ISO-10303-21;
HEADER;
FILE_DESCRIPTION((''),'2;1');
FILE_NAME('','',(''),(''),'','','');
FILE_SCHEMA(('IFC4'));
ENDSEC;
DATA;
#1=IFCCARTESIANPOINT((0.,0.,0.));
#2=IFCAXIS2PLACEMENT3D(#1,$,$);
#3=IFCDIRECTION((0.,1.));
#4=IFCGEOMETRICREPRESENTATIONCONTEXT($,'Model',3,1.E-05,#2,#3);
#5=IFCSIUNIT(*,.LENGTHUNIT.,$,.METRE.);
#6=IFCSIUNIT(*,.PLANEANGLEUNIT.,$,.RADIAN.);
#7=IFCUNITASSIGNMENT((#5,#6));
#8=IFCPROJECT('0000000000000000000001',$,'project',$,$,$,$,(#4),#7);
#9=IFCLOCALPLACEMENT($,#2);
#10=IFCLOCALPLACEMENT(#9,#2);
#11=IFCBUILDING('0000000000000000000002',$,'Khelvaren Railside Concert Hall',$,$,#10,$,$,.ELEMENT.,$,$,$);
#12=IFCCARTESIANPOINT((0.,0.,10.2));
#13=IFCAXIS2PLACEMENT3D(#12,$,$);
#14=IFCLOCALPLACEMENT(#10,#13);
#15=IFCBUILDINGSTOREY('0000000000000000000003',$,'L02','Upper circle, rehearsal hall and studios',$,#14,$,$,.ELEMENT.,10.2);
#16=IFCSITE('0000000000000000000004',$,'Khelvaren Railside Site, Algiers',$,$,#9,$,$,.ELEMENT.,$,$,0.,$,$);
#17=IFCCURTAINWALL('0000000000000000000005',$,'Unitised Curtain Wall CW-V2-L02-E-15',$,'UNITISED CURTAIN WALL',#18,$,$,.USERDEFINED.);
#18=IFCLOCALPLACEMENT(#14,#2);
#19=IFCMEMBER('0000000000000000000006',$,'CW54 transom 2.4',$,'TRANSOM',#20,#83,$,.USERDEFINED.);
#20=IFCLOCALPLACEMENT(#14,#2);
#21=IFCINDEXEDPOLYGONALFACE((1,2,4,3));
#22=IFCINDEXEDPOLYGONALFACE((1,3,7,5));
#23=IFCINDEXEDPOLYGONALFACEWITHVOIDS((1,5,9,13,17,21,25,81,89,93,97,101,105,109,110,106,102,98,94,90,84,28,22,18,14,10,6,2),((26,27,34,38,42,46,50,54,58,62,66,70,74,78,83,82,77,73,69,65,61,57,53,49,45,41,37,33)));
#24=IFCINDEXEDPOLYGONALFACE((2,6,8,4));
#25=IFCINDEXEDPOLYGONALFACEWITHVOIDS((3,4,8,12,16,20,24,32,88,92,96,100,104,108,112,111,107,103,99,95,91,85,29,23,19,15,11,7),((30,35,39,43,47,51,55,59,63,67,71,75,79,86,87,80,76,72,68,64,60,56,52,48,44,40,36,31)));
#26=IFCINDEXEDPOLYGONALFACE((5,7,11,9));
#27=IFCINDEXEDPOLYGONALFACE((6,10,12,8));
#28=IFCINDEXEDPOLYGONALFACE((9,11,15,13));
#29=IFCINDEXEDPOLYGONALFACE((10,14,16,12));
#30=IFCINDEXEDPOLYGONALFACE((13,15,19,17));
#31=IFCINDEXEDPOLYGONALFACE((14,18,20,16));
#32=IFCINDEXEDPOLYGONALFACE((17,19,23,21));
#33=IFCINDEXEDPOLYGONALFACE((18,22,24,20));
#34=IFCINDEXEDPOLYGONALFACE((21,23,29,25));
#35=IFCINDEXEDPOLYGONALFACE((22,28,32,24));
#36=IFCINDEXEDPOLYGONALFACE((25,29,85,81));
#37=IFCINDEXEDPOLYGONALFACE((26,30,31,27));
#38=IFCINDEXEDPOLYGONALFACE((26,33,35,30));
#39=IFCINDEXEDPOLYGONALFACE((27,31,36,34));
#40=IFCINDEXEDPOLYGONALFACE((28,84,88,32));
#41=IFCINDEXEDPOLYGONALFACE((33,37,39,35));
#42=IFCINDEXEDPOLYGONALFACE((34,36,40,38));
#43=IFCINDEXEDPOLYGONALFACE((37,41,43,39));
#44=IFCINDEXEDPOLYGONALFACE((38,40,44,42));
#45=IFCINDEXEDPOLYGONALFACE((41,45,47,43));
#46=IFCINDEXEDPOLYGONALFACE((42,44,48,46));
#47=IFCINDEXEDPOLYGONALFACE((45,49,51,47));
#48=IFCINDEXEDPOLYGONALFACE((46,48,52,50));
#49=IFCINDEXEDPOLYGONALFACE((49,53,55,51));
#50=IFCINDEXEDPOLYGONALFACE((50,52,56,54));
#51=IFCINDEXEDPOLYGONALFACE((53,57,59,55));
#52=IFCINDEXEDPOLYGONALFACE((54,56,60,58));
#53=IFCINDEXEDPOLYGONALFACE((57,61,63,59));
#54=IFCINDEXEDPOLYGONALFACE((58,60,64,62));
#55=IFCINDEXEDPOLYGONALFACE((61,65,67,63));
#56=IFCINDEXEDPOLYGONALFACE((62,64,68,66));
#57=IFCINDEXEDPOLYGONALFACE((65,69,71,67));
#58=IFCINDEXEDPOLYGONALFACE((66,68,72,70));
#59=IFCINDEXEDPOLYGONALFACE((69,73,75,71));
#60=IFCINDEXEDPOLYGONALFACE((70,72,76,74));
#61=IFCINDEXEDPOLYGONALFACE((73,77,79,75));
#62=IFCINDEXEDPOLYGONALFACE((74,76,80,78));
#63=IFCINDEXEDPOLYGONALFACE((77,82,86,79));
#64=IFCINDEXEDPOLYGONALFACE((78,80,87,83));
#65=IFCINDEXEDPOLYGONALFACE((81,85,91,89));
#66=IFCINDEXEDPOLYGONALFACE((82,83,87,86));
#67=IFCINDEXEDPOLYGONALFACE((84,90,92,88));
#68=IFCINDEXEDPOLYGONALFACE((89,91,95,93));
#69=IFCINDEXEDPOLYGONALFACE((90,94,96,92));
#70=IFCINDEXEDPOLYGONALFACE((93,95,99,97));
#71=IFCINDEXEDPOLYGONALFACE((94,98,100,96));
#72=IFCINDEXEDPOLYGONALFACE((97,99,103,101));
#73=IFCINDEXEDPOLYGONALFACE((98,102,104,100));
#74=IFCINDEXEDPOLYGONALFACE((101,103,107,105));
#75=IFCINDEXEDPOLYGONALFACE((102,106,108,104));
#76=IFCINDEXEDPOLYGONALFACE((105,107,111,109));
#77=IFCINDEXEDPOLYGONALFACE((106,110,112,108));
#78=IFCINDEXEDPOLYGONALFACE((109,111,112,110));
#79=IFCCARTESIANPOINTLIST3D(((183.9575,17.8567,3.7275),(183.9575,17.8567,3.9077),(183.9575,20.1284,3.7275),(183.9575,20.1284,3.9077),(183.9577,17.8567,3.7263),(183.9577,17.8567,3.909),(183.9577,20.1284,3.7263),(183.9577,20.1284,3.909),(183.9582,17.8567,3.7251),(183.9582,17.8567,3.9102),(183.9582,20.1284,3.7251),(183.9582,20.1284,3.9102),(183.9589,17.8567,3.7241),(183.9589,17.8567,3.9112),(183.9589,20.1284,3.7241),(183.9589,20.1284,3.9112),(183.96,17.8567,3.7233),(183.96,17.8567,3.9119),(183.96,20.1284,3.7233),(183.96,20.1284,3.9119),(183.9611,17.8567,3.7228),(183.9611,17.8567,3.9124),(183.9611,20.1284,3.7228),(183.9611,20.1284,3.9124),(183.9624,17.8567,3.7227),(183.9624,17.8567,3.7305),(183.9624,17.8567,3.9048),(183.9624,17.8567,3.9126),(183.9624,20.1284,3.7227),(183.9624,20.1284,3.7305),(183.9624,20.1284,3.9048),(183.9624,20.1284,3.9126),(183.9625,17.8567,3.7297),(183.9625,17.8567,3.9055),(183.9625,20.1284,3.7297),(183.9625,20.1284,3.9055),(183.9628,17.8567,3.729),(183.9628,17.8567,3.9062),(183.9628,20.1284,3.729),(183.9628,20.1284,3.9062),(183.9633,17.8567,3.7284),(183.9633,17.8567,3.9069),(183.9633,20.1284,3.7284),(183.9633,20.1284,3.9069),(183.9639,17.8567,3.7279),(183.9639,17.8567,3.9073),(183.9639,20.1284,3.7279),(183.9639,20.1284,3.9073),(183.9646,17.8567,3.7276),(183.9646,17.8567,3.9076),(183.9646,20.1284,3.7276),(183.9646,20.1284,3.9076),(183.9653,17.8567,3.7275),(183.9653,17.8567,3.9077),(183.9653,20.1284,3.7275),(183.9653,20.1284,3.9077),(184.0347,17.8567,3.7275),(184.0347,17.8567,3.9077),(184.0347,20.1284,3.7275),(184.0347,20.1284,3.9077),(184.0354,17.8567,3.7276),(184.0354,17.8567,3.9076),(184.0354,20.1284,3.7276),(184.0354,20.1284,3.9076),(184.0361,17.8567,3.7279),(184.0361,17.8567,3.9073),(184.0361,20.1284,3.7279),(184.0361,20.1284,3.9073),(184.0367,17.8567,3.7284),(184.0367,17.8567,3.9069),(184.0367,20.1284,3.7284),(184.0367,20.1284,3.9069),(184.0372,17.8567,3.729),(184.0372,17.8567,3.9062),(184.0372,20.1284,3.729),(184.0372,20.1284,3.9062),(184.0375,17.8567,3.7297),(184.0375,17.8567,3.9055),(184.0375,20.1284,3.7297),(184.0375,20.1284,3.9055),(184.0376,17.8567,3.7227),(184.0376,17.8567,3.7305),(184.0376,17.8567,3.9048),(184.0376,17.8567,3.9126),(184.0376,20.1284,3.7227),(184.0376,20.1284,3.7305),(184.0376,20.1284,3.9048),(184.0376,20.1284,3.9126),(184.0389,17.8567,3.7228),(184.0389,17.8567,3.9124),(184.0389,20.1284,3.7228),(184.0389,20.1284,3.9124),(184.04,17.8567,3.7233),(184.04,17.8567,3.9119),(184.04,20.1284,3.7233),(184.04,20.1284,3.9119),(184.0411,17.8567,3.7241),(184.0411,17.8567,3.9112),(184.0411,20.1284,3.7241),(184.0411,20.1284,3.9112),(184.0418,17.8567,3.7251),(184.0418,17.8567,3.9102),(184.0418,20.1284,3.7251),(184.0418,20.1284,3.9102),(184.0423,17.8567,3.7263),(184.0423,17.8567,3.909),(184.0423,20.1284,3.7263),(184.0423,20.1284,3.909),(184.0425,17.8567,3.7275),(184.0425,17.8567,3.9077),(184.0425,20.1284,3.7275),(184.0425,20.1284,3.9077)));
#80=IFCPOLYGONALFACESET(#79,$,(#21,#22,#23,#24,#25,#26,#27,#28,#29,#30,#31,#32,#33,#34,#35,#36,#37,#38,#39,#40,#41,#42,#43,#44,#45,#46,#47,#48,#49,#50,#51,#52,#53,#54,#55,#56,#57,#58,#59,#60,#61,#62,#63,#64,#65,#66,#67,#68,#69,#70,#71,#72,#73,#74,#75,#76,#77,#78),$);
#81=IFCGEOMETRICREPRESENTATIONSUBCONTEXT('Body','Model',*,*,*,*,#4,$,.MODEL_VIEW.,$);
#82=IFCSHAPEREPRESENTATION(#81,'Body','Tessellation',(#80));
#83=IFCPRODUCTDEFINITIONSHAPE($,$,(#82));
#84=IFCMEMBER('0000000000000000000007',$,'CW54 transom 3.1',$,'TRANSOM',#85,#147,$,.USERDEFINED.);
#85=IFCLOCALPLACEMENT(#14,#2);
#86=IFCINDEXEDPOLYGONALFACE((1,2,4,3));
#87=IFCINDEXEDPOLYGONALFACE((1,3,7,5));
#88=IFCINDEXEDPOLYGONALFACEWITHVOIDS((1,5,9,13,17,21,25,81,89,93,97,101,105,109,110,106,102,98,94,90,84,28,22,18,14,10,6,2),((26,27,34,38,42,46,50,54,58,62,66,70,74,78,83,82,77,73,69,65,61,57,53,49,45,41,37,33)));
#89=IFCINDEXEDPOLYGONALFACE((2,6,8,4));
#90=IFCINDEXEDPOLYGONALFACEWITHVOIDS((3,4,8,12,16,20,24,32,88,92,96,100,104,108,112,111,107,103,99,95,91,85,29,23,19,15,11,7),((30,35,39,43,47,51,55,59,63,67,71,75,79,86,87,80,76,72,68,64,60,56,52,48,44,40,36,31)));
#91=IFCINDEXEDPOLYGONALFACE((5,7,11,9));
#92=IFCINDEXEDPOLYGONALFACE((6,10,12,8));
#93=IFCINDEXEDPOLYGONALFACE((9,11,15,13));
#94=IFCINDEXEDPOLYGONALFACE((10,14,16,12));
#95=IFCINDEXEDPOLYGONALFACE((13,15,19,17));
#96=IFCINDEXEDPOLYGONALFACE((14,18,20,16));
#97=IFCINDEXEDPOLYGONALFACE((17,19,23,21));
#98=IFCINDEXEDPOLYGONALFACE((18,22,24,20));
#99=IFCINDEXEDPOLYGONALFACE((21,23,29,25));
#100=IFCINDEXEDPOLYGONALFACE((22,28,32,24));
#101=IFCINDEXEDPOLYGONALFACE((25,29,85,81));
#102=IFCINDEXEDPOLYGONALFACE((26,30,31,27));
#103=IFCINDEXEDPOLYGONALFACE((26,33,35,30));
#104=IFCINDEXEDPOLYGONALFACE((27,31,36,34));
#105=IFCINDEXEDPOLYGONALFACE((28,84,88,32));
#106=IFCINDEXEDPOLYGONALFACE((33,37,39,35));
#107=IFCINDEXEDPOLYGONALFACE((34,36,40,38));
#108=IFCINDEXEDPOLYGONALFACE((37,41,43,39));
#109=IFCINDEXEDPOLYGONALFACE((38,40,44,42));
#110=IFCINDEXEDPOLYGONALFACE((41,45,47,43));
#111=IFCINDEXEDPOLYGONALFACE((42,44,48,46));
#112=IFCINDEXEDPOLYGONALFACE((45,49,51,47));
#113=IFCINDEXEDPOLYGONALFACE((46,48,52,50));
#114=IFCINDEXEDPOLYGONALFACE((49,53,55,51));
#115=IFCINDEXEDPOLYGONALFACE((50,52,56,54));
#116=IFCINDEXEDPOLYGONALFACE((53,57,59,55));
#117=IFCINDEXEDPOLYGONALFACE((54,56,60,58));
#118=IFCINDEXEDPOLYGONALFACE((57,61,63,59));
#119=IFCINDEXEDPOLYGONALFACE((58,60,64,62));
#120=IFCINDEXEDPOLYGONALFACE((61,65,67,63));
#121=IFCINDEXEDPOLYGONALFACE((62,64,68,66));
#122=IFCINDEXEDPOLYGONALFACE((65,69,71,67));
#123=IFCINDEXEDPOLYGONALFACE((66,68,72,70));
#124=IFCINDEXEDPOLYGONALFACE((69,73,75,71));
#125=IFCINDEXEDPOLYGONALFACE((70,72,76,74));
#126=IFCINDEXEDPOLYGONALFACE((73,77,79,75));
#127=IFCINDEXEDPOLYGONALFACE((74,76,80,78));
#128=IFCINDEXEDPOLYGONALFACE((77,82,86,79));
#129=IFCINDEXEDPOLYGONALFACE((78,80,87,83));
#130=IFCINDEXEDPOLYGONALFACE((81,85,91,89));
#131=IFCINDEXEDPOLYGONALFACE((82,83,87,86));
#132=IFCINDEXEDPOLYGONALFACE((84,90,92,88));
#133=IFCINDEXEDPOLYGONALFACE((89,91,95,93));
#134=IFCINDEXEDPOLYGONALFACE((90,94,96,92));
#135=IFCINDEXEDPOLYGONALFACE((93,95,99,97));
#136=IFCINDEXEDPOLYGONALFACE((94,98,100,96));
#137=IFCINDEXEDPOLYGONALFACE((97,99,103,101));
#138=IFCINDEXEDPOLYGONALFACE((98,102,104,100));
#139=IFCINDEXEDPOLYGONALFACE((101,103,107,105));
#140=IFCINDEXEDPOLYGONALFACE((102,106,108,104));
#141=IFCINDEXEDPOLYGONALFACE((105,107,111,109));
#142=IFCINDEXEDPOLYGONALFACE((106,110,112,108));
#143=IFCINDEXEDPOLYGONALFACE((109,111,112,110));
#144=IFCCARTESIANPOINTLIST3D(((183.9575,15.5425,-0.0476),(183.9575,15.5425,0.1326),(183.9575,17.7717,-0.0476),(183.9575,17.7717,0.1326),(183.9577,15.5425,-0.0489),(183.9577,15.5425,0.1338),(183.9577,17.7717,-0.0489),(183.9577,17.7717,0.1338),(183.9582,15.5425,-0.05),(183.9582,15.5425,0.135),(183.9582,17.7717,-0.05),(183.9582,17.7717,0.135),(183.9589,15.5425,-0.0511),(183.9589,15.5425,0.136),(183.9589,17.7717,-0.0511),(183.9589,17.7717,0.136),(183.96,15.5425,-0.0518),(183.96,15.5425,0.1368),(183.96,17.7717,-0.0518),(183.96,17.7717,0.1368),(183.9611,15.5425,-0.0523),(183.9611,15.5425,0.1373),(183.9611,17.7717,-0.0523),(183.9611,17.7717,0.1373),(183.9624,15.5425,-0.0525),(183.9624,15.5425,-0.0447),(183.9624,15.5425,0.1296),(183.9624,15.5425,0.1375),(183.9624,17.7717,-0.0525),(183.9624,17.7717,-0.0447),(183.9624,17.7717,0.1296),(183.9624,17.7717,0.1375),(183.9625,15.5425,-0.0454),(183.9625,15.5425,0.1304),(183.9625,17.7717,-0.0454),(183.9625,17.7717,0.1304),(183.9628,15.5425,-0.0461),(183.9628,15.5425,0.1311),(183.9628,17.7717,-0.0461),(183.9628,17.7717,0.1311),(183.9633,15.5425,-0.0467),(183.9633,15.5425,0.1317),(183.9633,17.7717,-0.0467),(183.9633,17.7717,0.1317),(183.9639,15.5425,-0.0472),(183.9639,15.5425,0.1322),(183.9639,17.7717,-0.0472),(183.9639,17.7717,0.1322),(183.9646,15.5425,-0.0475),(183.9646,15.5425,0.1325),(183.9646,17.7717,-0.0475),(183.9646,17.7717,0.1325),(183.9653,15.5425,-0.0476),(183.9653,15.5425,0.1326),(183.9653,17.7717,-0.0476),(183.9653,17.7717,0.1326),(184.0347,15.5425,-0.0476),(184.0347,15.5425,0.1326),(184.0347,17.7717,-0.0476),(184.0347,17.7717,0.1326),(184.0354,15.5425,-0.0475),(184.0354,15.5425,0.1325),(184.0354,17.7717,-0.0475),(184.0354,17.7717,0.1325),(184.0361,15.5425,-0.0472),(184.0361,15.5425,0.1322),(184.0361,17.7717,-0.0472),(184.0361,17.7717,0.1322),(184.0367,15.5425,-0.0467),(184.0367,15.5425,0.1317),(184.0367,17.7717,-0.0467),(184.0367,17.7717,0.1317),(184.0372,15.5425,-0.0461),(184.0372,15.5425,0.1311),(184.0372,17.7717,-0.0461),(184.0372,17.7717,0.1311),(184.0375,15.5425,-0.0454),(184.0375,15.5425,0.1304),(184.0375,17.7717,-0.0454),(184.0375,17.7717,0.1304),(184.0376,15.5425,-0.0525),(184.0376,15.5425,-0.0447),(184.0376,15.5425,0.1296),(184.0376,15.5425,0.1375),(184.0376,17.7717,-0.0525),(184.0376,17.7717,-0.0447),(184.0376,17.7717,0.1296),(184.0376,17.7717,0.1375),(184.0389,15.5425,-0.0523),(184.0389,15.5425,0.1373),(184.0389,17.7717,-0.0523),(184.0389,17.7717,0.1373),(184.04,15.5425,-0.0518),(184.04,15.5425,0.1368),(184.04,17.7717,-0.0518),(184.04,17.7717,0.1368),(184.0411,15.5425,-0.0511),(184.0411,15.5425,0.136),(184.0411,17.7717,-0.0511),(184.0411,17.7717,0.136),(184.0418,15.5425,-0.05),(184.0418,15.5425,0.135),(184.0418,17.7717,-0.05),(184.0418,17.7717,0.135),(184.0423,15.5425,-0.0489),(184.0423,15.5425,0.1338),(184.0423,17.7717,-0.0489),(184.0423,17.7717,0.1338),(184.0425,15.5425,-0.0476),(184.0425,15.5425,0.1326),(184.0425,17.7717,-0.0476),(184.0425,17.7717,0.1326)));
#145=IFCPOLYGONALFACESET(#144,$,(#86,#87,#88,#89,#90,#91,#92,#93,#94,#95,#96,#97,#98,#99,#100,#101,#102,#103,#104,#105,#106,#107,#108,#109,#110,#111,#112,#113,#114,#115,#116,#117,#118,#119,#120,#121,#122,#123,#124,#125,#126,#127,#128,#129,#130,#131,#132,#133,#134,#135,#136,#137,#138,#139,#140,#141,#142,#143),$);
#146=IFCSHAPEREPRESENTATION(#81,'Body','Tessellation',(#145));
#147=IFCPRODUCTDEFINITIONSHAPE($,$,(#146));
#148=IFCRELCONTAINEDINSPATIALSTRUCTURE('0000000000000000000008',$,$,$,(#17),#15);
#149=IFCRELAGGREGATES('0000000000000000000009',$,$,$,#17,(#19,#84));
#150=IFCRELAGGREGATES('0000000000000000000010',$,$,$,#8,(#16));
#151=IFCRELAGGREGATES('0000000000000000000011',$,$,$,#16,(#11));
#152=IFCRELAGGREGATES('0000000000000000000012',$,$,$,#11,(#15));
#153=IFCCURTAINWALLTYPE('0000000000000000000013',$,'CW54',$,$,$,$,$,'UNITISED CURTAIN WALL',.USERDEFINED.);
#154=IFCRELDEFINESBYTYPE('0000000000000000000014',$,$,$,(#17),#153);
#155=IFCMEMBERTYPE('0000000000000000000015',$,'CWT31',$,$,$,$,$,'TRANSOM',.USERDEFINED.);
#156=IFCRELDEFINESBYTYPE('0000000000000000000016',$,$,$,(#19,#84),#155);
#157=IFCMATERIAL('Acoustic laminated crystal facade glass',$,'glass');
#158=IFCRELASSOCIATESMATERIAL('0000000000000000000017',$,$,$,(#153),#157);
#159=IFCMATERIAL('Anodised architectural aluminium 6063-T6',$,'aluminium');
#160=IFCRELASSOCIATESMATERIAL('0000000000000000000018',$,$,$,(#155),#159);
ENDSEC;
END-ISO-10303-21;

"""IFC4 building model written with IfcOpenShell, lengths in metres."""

from ifc_helpers import new_model, si_unit, direction, frame, origin, origin_2d, place, context, subcontext, project, spatial, hollow_rectangle, extrude, material, material_profile, profile_set, type_object, element, aggregate, save


model = new_model("IFC4")

# Units and contexts
model_context = context("Model", 3, precision=1e-05, world=origin(), true_north=direction((0.0, 1.0)))
body_context = subcontext(model_context, "Body", "Model", "MODEL_VIEW")
ifc_project = project(units=[si_unit("LENGTHUNIT", "METRE"), si_unit("PLANEANGLEUNIT", "RADIAN")], contexts=[model_context])

# Site, building, storey
site_placement = place(None, origin())
site = spatial("IfcSite", under=ifc_project, at=site_placement, Name="Khelvaren Railside Site, Algiers", CompositionType="ELEMENT", RefElevation=0.0)
building_placement = place(site_placement, origin())
building = spatial("IfcBuilding", under=site, at=building_placement, Name="Khelvaren Railside Concert Hall", CompositionType="ELEMENT")
storey_placement = place(building_placement, frame((0.0, 0.0, 10.2)))
storey = spatial("IfcBuildingStorey", under=building, at=storey_placement, Name="L02", Description="Upper circle, rehearsal hall and studios", CompositionType="ELEMENT", Elevation=10.2)

# Curtain wall, members
ifc_material_1 = material(Name="Acoustic laminated crystal facade glass", Category="glass")
curtain_wall_type = type_object("IfcCurtainWallType", Name="CW54", ElementType="UNITISED CURTAIN WALL", PredefinedType="USERDEFINED", material=ifc_material_1)
curtain_wall_placement = place(storey_placement, origin())
curtain_wall = element("IfcCurtainWall", 1, at=curtain_wall_placement, inside=storey, type_object=curtain_wall_type, Name="Unitised Curtain Wall CW-V2-L02-E-15", ObjectType="UNITISED CURTAIN WALL", PredefinedType="USERDEFINED")
ifc_material_2 = material(Name="Anodised architectural aluminium 6063-T6", Category="aluminium")
ifc_material_profile_1 = material_profile(ifc_material_2, hollow_rectangle(XDim=0.085, YDim=0.1899, WallThickness=0.0049, InnerFilletRadius=0.0029, OuterFilletRadius=0.0049, at=origin_2d()), Name="CWT 85x190x5")
ifc_profile_set_1 = profile_set([ifc_material_profile_1], Name="Anodised architectural aluminium 6063-T6")
member_type_1 = type_object("IfcMemberType", Name="CWT31", ElementType="TRANSOM", PredefinedType="USERDEFINED", material=ifc_profile_set_1)
member_1_placement = place(storey_placement, frame((184.0, 20.1284, 3.8176), z_axis=(0.0, -1.0, 0.0), x_axis=(1.0, 0.0, 0.0)))
member_1 = element("IfcMember", 2, at=member_1_placement, type_object=member_type_1, Name="CW54 transom 2.4", ObjectType="TRANSOM", PredefinedType="USERDEFINED", context=body_context, shape_type="SweptSolid", body=[
    extrude(hollow_rectangle(XDim=0.085, YDim=0.1899, WallThickness=0.0049, InnerFilletRadius=0.0029, OuterFilletRadius=0.0049, at=origin_2d()), origin(), (0.0, 0.0, 1.0), 2.2717),
])
member_2_placement = place(storey_placement, frame((184.0, 17.7717, 0.0425), z_axis=(0.0, -1.0, 0.0), x_axis=(1.0, 0.0, 0.0)))
member_2 = element("IfcMember", 3, at=member_2_placement, type_object=member_type_1, Name="CW54 transom 3.1", ObjectType="TRANSOM", PredefinedType="USERDEFINED", context=body_context, shape_type="SweptSolid", body=[
    extrude(hollow_rectangle(XDim=0.085, YDim=0.1899, WallThickness=0.0049, InnerFilletRadius=0.0029, OuterFilletRadius=0.0049, at=origin_2d()), origin(), (0.0, 0.0, 1.0), 2.2292),
])
aggregate(curtain_wall, [member_1, member_2])

save(model, "model.ifc")
